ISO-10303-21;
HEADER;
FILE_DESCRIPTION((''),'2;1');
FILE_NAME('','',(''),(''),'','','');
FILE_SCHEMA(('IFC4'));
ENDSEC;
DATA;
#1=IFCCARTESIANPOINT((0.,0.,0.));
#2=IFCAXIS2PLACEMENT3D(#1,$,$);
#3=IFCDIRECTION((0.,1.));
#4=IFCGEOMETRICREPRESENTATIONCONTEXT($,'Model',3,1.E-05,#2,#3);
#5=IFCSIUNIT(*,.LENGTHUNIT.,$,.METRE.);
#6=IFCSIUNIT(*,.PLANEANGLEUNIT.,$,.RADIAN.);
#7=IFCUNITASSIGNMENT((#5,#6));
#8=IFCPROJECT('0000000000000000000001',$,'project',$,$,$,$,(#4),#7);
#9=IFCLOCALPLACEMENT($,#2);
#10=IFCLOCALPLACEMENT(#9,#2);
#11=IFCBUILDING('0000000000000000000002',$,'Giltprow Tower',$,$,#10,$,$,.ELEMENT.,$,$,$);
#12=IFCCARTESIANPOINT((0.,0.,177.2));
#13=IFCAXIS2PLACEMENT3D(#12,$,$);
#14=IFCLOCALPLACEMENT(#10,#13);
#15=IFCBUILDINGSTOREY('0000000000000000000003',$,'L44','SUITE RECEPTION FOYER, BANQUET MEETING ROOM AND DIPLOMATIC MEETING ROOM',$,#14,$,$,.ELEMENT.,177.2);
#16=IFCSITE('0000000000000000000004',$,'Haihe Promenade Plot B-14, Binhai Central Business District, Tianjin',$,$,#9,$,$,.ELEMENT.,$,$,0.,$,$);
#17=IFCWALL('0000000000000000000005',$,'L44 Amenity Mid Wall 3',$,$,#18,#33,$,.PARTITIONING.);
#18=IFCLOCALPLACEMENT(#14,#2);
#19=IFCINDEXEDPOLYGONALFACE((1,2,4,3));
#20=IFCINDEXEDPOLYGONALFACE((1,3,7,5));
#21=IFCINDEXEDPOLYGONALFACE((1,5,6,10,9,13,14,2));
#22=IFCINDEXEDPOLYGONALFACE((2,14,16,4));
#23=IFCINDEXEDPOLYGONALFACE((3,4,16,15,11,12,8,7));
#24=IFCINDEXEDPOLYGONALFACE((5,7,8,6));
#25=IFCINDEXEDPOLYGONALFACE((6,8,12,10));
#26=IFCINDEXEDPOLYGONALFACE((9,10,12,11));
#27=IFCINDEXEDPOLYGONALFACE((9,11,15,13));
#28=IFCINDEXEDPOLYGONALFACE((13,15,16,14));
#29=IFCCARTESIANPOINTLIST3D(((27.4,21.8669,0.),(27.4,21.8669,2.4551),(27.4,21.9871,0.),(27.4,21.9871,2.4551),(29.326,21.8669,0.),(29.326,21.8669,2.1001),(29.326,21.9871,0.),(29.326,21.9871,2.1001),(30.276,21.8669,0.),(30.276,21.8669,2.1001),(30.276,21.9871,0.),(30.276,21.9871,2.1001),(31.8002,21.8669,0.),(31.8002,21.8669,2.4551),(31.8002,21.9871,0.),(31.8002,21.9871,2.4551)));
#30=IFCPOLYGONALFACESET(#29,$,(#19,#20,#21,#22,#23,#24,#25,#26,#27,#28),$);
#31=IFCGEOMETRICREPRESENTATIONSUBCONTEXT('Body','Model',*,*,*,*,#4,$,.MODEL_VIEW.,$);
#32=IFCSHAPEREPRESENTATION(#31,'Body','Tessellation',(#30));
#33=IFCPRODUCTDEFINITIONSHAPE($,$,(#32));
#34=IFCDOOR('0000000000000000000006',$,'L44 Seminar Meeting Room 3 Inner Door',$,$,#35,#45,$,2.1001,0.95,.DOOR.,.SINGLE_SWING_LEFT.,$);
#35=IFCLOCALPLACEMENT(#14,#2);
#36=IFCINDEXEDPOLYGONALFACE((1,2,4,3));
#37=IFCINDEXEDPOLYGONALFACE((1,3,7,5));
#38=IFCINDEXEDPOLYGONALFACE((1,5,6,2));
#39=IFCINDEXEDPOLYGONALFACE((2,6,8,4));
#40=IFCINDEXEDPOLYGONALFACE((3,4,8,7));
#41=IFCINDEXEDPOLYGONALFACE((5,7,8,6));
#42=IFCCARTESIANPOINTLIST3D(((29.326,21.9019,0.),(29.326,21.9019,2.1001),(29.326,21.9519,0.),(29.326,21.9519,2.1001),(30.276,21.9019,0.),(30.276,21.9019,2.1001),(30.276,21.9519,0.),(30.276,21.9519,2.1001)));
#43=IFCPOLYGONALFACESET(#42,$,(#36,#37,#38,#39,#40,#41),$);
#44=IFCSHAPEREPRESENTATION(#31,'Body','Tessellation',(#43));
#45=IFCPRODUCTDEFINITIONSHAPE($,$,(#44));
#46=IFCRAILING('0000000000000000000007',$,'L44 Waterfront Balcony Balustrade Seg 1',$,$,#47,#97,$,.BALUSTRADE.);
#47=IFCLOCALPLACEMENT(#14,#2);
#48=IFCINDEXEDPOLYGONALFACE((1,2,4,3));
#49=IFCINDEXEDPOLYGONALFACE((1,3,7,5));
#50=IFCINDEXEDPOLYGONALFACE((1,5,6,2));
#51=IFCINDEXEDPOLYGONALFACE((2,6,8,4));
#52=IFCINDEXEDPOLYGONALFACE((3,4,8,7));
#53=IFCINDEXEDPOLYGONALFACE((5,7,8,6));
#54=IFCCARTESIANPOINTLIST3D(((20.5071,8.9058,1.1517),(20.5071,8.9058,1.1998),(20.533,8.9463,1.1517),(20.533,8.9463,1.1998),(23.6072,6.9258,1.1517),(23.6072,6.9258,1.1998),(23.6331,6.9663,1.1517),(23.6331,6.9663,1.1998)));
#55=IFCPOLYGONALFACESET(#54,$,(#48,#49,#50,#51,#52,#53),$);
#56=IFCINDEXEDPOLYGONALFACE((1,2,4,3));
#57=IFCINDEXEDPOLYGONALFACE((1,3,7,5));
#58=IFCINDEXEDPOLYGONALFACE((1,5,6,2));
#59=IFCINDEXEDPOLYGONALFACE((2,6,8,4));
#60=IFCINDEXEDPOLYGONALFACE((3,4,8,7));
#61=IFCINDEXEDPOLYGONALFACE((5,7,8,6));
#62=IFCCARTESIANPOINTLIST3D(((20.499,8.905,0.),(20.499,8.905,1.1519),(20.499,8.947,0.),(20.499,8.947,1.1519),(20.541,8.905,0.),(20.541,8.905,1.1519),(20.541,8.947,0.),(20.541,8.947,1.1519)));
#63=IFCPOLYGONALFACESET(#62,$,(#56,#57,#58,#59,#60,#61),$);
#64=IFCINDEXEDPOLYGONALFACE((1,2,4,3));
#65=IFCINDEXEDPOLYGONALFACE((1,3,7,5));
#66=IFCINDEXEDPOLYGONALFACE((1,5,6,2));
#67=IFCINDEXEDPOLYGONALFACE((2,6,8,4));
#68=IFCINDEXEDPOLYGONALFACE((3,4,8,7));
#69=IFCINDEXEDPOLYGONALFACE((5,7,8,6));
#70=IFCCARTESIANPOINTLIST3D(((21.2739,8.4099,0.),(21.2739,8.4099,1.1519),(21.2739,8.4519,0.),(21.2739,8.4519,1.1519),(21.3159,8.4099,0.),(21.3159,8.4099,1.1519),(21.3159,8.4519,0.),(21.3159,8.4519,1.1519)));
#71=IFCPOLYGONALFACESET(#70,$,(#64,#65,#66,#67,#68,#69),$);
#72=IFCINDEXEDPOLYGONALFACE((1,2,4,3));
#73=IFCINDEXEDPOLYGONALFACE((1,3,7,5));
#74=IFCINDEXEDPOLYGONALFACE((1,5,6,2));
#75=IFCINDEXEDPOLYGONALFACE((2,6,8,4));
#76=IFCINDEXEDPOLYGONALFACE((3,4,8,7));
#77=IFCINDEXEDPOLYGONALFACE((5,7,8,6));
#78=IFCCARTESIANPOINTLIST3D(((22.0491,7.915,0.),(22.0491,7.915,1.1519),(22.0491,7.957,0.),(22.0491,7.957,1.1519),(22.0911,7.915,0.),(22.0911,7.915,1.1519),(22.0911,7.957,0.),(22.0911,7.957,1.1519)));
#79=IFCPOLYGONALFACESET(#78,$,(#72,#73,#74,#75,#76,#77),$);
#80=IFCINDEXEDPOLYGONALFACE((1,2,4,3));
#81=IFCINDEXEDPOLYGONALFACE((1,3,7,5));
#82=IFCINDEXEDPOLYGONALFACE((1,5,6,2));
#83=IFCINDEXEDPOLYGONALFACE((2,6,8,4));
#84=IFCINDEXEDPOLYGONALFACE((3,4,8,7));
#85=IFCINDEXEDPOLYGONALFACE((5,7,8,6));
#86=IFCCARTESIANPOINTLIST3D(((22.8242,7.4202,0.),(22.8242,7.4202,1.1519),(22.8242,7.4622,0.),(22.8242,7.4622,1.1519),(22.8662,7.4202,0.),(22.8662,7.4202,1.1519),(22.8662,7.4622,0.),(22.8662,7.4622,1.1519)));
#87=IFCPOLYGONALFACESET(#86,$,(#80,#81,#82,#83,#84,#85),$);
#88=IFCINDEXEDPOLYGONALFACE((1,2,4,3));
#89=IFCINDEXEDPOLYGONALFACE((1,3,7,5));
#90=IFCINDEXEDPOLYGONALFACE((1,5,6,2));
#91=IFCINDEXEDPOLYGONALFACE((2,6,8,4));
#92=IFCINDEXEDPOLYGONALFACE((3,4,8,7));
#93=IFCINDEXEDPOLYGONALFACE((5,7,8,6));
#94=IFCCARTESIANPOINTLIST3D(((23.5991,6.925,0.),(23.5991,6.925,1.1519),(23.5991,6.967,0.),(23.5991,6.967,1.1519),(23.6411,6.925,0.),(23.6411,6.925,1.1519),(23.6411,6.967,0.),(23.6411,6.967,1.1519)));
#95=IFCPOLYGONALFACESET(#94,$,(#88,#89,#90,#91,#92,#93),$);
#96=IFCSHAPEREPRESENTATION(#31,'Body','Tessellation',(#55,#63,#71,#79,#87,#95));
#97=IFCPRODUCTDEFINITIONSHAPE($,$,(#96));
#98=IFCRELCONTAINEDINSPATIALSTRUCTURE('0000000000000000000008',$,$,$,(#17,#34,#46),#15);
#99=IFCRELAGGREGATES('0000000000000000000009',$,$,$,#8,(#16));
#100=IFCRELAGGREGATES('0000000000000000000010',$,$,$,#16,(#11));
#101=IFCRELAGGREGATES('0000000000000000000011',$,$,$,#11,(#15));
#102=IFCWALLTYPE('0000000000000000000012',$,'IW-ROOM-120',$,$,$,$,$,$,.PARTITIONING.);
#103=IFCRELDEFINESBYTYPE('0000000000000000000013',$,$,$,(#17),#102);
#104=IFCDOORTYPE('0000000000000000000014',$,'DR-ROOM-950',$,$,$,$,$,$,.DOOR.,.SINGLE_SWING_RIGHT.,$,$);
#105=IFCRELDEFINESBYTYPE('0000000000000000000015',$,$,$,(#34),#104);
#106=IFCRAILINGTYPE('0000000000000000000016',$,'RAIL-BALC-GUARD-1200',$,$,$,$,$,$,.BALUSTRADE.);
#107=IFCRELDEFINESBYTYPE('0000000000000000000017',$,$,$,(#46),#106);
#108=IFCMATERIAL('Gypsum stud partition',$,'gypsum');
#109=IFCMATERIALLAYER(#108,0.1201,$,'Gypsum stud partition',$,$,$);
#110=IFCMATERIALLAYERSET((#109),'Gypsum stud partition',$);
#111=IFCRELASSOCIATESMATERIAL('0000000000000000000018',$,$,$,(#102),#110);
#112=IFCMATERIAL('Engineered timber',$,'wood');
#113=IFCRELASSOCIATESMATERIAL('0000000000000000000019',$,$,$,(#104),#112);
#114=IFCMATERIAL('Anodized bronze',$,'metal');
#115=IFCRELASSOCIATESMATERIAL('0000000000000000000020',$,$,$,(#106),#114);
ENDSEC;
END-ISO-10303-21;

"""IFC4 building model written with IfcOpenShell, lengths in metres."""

from ifc_helpers import new_model, si_unit, direction, frame, frame_2d, origin, origin_2d, place, context, subcontext, project, spatial, rectangle, extrude, source, transform, mapped, material, layer, layer_set, type_object, element, fill, save


model = new_model("IFC4")

# Units and contexts
model_context = context("Model", 3, precision=1e-05, world=origin(), true_north=direction((0.0, 1.0)))
body_context = subcontext(model_context, "Body", "Model", "MODEL_VIEW")
ifc_project = project(units=[si_unit("LENGTHUNIT", "METRE"), si_unit("PLANEANGLEUNIT", "RADIAN")], contexts=[model_context])

# Site, building, storey
site_placement = place(None, origin())
site = spatial("IfcSite", under=ifc_project, at=site_placement, Name="Haihe Promenade Plot B-14, Binhai Central Business District, Tianjin", CompositionType="ELEMENT", RefElevation=0.0)
building_placement = place(site_placement, origin())
building = spatial("IfcBuilding", under=site, at=building_placement, Name="Giltprow Tower", CompositionType="ELEMENT")
storey_placement = place(building_placement, frame((0.0, 0.0, 177.2)))
storey = spatial("IfcBuildingStorey", under=building, at=storey_placement, Name="L44", Description="SUITE RECEPTION FOYER, BANQUET MEETING ROOM AND DIPLOMATIC MEETING ROOM", CompositionType="ELEMENT", Elevation=177.2)

# Shared definitions
ifc_material_1 = material(Name="Gypsum stud partition", Category="gypsum")

# Wall, opening, door
ifc_layer_1 = layer(ifc_material_1, 0.1201, Name="Gypsum stud partition")
ifc_layer_set_1 = layer_set([ifc_layer_1], Name="Gypsum stud partition")
wall_type_1 = type_object("IfcWallType", Name="IW-ROOM-120", PredefinedType="PARTITIONING", material=ifc_layer_set_1)
ifc_material_2 = material(Name="Engineered timber", Category="wood")
door_type_1 = type_object("IfcDoorType", Name="DR-ROOM-950", OperationType="SINGLE_SWING_RIGHT", PredefinedType="DOOR", material=ifc_material_2)
shared_shape_1 = source(origin(), body_context, "Body", "SweptSolid", [
    extrude(rectangle(XDim=0.95, YDim=2.1001, at=frame_2d((0.4751, 1.05))), frame((0.0, 0.0249, 0.0), z_axis=(0.0, -1.0, 0.0), x_axis=(1.0, 0.0, 0.0)), (0.0, 0.0, 1.0), 0.05),
])
wall_1_placement = place(storey_placement, frame((27.3999, 21.927, 0.0), z_axis=(0.0, 0.0, 1.0), x_axis=(1.0, 0.0, 0.0)))
wall_1 = element("IfcWall", 1, at=wall_1_placement, inside=storey, type_object=wall_type_1, Name="L44 Amenity Mid Wall 3", PredefinedType="PARTITIONING", context=body_context, shape_type="SweptSolid", body=[
    extrude(rectangle(XDim=4.4001, YDim=0.1201, at=frame_2d((2.2002, 0.0))), origin(), (0.0, 0.0, 1.0), 2.4551),
])
opening_1_placement = place(wall_1_placement, frame((1.926, 0.0, 0.0)))
opening_1 = element("IfcOpeningElement", 2, at=opening_1_placement, cuts=wall_1, PredefinedType="OPENING", context=body_context, shape_type="SweptSolid", body=[
    extrude(rectangle(XDim=0.95, YDim=2.1001, at=frame_2d((0.4751, 1.05))), frame((0.0, 0.0701, 0.0), z_axis=(0.0, -1.0, 0.0), x_axis=(1.0, 0.0, 0.0)), (0.0, 0.0, 1.0), 0.1401),
])
door_1_placement = place(opening_1_placement, origin())
door_1 = element("IfcDoor", 3, at=door_1_placement, inside=storey, type_object=door_type_1, Name="L44 Seminar Meeting Room 3 Inner Door", OperationType="SINGLE_SWING_LEFT", OverallHeight=2.1001, OverallWidth=0.95, PredefinedType="DOOR", context=body_context, shape_type="MappedRepresentation", body=[
    mapped(shared_shape_1, transform((0.0, 0.0, 0.0), x_axis=(1.0, 0.0, 0.0), y_axis=(0.0, 1.0, 0.0), z_axis=(0.0, 0.0, 1.0), scale=1.0)),
])
fill(opening_1, door_1)

# Railing
ifc_material_3 = material(Name="Anodized bronze", Category="metal")
railing_type = type_object("IfcRailingType", Name="RAIL-BALC-GUARD-1200", PredefinedType="BALUSTRADE", material=ifc_material_3)
railing_1_placement = place(storey_placement, frame((20.52, 8.926, 0.0)))
element("IfcRailing", 4, at=railing_1_placement, inside=storey, type_object=railing_type, Name="L44 Waterfront Balcony Balustrade Seg 1", PredefinedType="BALUSTRADE", context=body_context, shape_type="SweptSolid", body=[
    extrude(rectangle(XDim=0.0481, YDim=0.0481, at=origin_2d()), frame((0.0, 0.0, 1.1758), z_axis=(0.842775, -0.538266, 0.0), x_axis=(0.538266, 0.842775, 0.0)), (0.0, 0.0, 1.0), 3.6785),
    extrude(rectangle(XDim=0.042, YDim=0.042, at=origin_2d()), origin(), (0.0, 0.0, 1.0), 1.1519),
    extrude(rectangle(XDim=0.042, YDim=0.042, at=origin_2d()), frame((0.7749, -0.4951, 0.0)), (0.0, 0.0, 1.0), 1.1519),
    extrude(rectangle(XDim=0.042, YDim=0.042, at=origin_2d()), frame((1.55, -0.99, 0.0)), (0.0, 0.0, 1.0), 1.1519),
    extrude(rectangle(XDim=0.042, YDim=0.042, at=origin_2d()), frame((2.3252, -1.4849, 0.0)), (0.0, 0.0, 1.0), 1.1519),
    extrude(rectangle(XDim=0.042, YDim=0.042, at=origin_2d()), frame((3.1001, -1.98, 0.0)), (0.0, 0.0, 1.0), 1.1519),
])

save(model, "model.ifc")
